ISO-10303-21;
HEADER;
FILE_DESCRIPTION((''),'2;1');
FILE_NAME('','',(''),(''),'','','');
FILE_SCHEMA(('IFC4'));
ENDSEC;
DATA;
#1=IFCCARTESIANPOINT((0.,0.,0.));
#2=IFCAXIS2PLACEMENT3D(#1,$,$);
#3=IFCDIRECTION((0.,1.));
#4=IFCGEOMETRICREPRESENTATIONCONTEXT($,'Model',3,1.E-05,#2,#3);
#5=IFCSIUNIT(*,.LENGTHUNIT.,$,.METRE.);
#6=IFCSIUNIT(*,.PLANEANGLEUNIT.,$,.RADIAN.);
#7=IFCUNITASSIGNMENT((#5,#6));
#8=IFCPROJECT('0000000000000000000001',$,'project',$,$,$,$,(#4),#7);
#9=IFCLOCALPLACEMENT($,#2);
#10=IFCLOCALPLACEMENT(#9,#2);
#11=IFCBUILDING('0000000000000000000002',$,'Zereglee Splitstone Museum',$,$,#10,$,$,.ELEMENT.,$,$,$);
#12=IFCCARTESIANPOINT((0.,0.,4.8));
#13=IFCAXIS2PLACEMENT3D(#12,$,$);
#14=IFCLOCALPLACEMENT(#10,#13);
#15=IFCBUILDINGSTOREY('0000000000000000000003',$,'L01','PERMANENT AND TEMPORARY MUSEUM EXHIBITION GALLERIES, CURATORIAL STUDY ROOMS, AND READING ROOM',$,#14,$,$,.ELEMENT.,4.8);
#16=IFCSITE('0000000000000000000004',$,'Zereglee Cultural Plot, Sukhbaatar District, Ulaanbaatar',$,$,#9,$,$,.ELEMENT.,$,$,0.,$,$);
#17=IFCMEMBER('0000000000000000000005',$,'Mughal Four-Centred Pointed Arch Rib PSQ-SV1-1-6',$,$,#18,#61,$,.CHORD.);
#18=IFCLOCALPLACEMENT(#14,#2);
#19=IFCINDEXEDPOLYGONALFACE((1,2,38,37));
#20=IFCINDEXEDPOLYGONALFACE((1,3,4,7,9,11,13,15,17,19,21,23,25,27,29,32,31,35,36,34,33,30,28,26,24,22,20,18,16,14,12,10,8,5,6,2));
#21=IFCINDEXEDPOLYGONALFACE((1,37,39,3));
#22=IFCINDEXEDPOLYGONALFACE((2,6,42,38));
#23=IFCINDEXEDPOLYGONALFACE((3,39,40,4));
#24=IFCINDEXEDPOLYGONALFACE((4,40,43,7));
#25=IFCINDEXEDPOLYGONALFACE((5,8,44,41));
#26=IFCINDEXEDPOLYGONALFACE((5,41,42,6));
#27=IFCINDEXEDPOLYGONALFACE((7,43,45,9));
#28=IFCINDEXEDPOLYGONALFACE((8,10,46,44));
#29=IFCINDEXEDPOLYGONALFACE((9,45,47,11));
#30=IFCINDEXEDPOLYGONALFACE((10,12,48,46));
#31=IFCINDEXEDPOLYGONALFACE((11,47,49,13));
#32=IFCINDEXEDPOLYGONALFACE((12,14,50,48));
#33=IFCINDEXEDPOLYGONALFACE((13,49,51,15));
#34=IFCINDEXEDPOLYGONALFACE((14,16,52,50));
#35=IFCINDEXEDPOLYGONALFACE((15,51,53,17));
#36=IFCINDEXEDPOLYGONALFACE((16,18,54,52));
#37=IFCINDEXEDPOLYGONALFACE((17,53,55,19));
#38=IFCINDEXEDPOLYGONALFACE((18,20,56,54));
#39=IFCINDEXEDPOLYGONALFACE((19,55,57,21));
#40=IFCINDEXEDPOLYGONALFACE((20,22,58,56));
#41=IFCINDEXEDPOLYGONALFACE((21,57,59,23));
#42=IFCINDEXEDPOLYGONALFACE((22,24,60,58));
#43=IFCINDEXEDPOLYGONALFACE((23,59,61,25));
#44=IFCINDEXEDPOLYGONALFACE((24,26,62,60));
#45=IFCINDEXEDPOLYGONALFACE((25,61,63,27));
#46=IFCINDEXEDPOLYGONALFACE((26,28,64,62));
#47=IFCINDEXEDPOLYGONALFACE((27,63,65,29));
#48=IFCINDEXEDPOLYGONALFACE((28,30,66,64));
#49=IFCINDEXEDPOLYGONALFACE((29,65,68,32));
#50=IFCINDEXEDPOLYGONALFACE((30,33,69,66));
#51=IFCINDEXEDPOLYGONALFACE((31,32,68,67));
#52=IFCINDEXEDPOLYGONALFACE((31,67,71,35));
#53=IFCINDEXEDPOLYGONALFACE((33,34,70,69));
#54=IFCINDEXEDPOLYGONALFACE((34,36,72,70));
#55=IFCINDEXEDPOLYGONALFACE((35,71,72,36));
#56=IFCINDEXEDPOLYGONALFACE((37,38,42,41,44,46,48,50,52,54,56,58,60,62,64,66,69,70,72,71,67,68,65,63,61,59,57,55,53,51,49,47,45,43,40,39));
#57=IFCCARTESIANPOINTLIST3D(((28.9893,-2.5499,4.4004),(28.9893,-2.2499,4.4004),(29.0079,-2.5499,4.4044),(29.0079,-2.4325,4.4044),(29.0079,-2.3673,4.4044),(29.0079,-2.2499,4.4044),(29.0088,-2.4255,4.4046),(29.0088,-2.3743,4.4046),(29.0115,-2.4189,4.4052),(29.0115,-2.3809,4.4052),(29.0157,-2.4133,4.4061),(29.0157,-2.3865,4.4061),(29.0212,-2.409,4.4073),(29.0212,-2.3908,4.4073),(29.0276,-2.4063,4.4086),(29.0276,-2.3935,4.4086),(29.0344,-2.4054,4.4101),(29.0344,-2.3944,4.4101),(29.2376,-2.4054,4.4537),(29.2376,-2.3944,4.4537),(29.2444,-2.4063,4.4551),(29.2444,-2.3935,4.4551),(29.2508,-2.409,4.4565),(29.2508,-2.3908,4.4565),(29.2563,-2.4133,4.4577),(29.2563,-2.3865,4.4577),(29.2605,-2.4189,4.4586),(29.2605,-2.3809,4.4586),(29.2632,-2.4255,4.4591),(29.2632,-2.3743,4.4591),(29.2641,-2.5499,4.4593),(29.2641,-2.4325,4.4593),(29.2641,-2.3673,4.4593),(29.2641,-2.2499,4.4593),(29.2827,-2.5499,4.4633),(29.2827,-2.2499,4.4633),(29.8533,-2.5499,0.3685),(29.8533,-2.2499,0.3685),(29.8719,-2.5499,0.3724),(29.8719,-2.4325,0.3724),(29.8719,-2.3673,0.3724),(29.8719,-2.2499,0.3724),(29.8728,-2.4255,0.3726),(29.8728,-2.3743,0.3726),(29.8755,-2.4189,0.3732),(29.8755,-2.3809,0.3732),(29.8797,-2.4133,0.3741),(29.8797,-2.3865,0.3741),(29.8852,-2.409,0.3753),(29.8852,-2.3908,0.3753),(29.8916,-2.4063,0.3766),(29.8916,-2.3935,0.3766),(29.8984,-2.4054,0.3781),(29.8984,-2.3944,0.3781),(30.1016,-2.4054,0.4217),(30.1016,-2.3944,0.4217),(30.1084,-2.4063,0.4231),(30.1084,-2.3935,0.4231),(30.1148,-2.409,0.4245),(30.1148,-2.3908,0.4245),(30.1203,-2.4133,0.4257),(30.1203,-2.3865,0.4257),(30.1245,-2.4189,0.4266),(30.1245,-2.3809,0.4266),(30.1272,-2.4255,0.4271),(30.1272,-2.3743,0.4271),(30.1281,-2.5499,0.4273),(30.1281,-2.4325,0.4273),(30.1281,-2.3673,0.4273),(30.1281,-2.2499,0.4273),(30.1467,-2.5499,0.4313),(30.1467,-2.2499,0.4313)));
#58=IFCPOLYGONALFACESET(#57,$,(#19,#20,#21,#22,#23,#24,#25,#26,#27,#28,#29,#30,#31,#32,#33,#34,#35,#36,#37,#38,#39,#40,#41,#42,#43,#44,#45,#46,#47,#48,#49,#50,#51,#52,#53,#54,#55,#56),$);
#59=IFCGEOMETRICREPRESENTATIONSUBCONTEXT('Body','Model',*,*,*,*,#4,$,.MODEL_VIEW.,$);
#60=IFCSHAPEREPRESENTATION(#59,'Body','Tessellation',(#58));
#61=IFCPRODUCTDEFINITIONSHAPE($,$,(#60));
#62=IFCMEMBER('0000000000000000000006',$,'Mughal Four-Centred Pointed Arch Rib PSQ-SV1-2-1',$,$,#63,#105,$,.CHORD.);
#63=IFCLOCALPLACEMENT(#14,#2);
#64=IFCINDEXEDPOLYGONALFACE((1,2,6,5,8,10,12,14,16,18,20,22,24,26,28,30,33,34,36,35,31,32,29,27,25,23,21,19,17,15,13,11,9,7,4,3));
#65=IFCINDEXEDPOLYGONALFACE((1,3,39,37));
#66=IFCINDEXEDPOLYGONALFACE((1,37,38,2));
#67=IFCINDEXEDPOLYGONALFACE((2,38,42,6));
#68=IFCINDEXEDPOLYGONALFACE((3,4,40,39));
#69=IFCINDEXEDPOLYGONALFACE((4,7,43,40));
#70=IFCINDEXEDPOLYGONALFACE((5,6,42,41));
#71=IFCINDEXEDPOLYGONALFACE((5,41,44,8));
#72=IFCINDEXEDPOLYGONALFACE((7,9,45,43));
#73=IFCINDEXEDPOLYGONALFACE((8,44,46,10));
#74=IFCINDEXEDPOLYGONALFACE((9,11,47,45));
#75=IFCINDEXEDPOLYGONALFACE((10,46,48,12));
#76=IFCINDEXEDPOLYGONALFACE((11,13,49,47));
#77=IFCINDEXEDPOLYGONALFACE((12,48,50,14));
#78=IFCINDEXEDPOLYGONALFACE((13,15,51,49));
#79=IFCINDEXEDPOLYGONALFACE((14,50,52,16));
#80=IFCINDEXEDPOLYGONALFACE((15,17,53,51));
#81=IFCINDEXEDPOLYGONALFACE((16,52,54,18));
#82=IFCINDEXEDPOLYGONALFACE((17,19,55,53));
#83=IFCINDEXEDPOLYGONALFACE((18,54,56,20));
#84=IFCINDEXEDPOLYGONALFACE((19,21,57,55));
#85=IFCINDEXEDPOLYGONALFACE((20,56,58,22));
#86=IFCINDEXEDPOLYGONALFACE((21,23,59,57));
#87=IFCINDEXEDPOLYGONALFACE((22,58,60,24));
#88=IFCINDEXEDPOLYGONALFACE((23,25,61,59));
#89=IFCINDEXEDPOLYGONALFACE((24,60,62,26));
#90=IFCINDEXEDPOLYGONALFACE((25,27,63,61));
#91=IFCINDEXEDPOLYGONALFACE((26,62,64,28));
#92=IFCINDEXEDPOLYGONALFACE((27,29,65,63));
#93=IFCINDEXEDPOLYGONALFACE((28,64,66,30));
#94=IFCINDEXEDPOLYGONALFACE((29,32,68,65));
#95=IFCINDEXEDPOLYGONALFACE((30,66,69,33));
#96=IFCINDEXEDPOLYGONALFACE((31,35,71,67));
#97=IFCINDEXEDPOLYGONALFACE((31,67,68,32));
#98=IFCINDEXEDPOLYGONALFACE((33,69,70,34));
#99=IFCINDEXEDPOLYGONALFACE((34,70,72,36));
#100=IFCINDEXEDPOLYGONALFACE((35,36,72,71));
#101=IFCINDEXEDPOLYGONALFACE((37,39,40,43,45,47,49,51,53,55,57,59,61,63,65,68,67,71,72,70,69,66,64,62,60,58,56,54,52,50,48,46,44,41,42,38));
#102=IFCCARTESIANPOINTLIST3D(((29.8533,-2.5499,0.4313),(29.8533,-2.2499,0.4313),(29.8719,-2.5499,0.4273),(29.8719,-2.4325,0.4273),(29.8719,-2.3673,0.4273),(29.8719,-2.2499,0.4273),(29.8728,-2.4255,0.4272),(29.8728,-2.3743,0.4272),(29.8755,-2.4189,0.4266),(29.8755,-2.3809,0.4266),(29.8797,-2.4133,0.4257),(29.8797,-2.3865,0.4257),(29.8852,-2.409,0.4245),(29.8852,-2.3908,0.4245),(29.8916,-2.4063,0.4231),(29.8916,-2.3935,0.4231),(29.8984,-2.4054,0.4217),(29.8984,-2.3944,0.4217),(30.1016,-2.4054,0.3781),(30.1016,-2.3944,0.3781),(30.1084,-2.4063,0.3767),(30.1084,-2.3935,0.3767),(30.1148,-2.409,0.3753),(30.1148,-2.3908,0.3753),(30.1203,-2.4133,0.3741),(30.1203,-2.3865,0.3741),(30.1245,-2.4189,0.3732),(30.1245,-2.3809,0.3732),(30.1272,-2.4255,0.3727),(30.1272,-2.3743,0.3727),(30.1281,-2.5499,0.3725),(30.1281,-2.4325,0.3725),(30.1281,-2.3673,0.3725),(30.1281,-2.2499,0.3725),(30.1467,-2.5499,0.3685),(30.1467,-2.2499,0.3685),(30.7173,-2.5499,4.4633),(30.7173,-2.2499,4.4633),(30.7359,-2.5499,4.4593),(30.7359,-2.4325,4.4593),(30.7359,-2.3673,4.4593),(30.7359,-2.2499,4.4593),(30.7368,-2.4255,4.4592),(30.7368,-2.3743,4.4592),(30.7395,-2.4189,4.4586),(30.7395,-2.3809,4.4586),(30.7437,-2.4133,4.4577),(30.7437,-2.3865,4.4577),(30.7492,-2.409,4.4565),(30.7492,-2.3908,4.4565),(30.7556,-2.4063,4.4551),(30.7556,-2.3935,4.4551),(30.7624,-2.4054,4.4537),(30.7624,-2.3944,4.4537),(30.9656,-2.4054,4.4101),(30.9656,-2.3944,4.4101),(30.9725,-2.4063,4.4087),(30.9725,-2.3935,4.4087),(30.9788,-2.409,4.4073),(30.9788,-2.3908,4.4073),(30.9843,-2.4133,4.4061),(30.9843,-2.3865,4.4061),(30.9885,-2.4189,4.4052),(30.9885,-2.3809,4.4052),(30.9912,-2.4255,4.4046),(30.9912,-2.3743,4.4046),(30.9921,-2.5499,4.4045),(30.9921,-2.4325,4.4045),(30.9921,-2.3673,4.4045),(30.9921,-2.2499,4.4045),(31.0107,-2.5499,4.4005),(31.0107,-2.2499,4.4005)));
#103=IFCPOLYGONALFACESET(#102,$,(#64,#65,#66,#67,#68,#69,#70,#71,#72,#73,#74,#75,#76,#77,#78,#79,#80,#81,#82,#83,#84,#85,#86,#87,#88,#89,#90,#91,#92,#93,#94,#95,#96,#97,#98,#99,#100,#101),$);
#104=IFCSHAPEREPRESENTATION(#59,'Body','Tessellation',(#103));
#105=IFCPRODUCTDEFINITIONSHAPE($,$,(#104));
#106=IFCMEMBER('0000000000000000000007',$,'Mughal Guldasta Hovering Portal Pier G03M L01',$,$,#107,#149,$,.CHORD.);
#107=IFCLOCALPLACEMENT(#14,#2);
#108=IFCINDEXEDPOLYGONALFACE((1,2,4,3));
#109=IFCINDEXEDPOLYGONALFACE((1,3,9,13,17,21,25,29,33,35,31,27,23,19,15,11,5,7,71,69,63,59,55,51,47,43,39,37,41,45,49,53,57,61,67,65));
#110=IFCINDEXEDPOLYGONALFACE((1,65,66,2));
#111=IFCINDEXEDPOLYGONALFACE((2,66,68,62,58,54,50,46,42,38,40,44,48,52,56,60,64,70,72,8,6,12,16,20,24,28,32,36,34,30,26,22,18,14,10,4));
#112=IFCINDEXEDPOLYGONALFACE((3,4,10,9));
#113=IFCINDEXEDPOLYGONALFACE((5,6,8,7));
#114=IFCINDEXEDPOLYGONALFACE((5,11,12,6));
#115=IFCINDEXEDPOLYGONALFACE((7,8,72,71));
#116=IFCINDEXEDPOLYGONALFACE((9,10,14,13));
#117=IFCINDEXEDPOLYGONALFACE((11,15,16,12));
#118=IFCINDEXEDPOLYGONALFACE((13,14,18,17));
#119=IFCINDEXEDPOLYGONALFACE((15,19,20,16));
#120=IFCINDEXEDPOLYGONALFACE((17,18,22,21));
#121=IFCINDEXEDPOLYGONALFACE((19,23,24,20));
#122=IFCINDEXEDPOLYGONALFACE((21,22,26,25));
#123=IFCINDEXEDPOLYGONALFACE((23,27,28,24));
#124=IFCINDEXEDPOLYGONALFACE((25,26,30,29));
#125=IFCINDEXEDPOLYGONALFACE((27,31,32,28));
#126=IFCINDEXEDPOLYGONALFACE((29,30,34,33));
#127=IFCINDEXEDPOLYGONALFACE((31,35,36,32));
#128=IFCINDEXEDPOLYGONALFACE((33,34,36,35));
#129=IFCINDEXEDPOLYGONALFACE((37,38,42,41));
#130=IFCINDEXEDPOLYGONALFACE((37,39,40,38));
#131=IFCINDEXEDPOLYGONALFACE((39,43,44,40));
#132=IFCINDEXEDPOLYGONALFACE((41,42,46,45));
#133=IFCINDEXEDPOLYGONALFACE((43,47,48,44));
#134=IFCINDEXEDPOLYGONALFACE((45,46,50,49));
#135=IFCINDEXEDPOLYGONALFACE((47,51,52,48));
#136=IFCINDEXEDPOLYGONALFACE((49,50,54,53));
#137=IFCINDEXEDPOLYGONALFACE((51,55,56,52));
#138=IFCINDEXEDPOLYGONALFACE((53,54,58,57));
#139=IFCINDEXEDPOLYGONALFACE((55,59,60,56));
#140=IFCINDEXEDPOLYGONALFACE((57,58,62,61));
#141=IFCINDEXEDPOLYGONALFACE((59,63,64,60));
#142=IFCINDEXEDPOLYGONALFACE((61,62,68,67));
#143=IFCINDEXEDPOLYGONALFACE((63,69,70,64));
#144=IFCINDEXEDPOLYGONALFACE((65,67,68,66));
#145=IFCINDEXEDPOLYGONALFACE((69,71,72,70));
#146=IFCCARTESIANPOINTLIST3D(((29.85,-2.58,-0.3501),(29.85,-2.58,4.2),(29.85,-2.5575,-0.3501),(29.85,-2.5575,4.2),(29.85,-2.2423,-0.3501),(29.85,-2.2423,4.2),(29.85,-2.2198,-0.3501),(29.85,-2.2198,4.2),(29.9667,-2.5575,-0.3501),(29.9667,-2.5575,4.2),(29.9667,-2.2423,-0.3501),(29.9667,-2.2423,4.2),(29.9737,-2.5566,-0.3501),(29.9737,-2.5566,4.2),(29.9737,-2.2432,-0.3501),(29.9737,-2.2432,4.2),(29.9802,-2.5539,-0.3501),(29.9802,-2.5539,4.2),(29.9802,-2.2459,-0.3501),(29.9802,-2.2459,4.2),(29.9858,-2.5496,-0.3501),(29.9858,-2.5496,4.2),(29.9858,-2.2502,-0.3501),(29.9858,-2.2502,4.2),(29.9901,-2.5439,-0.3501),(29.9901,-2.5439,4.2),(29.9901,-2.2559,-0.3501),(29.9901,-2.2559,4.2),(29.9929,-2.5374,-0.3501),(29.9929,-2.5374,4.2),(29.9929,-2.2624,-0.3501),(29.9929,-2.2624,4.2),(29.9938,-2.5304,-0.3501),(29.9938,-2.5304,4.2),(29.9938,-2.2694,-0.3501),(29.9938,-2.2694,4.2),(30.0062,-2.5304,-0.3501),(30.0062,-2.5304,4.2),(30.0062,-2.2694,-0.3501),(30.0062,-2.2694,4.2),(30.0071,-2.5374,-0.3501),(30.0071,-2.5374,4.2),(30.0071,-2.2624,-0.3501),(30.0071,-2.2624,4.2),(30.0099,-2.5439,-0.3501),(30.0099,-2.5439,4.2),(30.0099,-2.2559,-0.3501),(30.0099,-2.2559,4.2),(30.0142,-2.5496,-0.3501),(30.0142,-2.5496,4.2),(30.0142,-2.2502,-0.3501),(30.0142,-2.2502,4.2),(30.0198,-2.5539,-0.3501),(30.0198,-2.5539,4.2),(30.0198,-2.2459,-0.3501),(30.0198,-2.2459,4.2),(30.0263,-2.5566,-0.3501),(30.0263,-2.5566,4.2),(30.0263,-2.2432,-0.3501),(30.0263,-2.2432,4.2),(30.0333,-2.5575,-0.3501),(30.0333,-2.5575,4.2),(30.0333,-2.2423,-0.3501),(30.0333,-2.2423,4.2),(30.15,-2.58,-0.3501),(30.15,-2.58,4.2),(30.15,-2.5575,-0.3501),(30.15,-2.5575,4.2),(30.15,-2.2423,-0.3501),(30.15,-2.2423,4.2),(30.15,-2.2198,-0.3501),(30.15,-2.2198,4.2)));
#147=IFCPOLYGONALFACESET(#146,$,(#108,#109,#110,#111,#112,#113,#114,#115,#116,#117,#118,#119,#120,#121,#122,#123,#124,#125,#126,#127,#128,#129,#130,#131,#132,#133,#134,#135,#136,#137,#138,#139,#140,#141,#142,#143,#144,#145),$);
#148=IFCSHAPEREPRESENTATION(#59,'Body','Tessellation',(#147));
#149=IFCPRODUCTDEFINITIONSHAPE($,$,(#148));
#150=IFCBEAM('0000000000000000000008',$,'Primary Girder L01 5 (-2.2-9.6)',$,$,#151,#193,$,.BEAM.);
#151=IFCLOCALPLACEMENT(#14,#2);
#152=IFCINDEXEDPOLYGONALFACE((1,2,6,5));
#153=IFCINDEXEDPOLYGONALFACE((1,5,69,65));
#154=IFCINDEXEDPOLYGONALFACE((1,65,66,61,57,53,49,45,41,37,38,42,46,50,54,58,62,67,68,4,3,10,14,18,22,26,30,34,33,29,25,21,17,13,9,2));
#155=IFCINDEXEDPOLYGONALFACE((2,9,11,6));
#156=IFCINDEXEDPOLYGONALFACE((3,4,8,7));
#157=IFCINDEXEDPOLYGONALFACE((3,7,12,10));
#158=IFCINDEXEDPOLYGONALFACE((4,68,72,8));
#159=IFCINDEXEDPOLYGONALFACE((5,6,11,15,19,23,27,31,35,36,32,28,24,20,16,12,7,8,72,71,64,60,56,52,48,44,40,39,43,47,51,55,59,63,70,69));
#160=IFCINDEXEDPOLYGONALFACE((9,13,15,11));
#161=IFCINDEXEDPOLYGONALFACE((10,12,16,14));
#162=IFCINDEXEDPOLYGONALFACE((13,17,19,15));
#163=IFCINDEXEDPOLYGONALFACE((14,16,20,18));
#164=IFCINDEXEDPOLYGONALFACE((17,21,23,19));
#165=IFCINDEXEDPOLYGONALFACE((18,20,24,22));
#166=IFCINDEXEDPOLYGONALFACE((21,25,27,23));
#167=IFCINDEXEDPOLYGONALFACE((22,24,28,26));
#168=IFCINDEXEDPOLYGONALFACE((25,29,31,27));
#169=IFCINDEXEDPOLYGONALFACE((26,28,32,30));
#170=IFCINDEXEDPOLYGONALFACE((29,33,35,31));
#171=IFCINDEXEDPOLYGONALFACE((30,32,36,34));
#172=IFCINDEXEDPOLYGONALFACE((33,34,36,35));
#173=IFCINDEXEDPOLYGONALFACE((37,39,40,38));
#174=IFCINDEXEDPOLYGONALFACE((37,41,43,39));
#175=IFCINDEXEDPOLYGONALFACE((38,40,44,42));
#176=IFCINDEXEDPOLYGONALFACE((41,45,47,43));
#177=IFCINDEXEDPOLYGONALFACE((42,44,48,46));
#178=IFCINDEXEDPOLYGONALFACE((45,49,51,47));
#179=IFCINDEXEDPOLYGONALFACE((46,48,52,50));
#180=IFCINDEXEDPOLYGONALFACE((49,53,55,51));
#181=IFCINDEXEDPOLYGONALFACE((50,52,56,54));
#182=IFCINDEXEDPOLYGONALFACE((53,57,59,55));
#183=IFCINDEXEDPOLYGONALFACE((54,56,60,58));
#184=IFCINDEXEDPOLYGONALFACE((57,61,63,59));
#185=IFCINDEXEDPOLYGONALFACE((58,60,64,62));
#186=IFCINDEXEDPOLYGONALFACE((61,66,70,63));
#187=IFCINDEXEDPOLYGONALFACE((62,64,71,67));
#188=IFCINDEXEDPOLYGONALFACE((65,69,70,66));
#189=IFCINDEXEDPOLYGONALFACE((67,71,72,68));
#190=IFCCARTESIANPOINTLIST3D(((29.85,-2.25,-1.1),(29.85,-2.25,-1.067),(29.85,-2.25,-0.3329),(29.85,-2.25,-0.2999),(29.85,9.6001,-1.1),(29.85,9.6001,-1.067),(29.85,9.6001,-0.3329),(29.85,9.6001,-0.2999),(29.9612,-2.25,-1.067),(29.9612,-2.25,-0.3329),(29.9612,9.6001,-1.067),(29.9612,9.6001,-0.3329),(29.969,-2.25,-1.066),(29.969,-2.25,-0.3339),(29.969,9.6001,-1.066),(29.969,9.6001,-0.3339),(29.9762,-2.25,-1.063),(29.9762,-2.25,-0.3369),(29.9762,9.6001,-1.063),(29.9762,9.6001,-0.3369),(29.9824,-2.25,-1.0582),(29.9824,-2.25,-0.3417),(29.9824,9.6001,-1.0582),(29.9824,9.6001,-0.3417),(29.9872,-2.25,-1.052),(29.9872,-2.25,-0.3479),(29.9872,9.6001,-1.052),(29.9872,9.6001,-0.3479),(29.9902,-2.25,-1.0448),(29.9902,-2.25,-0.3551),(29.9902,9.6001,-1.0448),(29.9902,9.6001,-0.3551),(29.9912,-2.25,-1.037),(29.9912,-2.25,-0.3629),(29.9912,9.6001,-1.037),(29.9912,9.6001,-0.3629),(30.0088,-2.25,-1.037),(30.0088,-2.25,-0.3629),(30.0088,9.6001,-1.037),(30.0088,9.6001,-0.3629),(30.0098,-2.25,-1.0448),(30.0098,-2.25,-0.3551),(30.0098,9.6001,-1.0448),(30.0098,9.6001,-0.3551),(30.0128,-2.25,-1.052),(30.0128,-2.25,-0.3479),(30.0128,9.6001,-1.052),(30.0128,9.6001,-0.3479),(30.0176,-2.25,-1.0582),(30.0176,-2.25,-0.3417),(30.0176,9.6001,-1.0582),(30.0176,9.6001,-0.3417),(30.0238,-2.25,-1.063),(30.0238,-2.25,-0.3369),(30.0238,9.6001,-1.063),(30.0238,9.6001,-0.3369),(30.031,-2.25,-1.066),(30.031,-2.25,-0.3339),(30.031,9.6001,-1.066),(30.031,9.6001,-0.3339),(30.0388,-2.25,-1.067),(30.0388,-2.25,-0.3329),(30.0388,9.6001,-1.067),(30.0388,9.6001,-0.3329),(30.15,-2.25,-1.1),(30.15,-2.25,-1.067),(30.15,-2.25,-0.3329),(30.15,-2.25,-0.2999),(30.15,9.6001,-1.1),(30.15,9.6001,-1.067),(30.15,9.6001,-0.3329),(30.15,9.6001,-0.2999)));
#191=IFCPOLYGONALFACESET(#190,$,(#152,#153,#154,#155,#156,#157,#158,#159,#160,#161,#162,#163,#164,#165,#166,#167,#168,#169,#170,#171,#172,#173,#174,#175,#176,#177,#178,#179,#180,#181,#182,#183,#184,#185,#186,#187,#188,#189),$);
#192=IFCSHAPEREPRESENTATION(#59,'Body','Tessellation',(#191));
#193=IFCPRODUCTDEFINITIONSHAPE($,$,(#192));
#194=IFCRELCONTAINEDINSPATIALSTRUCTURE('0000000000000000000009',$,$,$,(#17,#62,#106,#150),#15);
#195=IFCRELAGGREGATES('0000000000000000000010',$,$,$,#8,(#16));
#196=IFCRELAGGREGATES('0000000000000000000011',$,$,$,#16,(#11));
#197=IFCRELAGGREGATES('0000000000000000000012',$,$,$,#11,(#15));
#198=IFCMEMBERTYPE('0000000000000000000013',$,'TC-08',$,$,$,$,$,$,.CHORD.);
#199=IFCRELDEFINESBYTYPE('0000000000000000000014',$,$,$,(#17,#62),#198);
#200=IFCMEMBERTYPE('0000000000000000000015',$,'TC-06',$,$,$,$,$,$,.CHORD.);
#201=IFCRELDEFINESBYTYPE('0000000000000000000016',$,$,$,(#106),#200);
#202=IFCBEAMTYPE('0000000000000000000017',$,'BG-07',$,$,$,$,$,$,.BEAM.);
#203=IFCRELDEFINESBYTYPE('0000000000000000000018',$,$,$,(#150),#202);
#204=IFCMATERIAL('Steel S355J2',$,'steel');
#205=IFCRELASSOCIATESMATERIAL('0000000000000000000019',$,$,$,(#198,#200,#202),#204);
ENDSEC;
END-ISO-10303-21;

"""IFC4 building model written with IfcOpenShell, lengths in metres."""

from ifc_helpers import new_model, si_unit, direction, frame, origin, origin_2d, place, context, subcontext, project, spatial, i_section, extrude, material, material_profile, profile_set, type_object, element, save


model = new_model("IFC4")

# Units and contexts
model_context = context("Model", 3, precision=1e-05, world=origin(), true_north=direction((0.0, 1.0)))
body_context = subcontext(model_context, "Body", "Model", "MODEL_VIEW")
ifc_project = project(units=[si_unit("LENGTHUNIT", "METRE"), si_unit("PLANEANGLEUNIT", "RADIAN")], contexts=[model_context])

# Site, building, storey
site_placement = place(None, origin())
site = spatial("IfcSite", under=ifc_project, at=site_placement, Name="Zereglee Cultural Plot, Sukhbaatar District, Ulaanbaatar", CompositionType="ELEMENT", RefElevation=0.0)
building_placement = place(site_placement, origin())
building = spatial("IfcBuilding", under=site, at=building_placement, Name="Zereglee Splitstone Museum", CompositionType="ELEMENT")
storey_placement = place(building_placement, frame((0.0, 0.0, 4.8)))
storey = spatial("IfcBuildingStorey", under=building, at=storey_placement, Name="L01", Description="PERMANENT AND TEMPORARY MUSEUM EXHIBITION GALLERIES, CURATORIAL STUDY ROOMS, AND READING ROOM", CompositionType="ELEMENT", Elevation=4.8)

# Shared definitions
ifc_material_1 = material(Name="Steel S355J2", Category="steel")

# Members
ifc_material_profile_1 = material_profile(ifc_material_1, i_section(OverallWidth=0.3, OverallDepth=0.3, WebThickness=0.011, FlangeThickness=0.019, FilletRadius=0.0271, at=origin_2d()), Name="HE 300 B")
ifc_profile_set_1 = profile_set([ifc_material_profile_1], Name="Steel S355J2")
member_type_1 = type_object("IfcMemberType", Name="TC-08", PredefinedType="CHORD", material=ifc_profile_set_1)
for number, where, z_axis, x_axis, name in (
    (1, (29.136, -2.3999, 4.4319), (0.209533, 0.0, -0.977802), (0.0, 1.0, 0.0), "Mughal Four-Centred Pointed Arch Rib PSQ-SV1-1-6"),
    (2, (30.0, -2.3999, 0.3999), (0.209533, 0.0, 0.977802), (0.0, 1.0, 0.0), "Mughal Four-Centred Pointed Arch Rib PSQ-SV1-2-1"),
):
    element("IfcMember", number, at=place(storey_placement, frame(where, z_axis=z_axis, x_axis=x_axis)), inside=storey, type_object=member_type_1, Name=name, PredefinedType="CHORD", context=body_context, shape_type="SweptSolid", body=[
        extrude(i_section(OverallWidth=0.3, OverallDepth=0.3, WebThickness=0.011, FlangeThickness=0.019, FilletRadius=0.0271, at=origin_2d()), origin(), (0.0, 0.0, 1.0), 4.1235),
    ])
ifc_material_profile_2 = material_profile(ifc_material_1, i_section(OverallWidth=0.3, OverallDepth=0.3601, WebThickness=0.0125, FlangeThickness=0.0225, FilletRadius=0.0271, at=origin_2d()), Name="HE 360 B")
ifc_profile_set_2 = profile_set([ifc_material_profile_2], Name="Steel S355J2")
member_type_2 = type_object("IfcMemberType", Name="TC-06", PredefinedType="CHORD", material=ifc_profile_set_2)
member_1_placement = place(storey_placement, frame((30.0, -2.3999, -0.3501), z_axis=(0.0, 0.0, 1.0), x_axis=(1.0, 0.0, 0.0)))
element("IfcMember", 3, at=member_1_placement, inside=storey, type_object=member_type_2, Name="Mughal Guldasta Hovering Portal Pier G03M L01", PredefinedType="CHORD", context=body_context, shape_type="SweptSolid", body=[
    extrude(i_section(OverallWidth=0.3, OverallDepth=0.3601, WebThickness=0.0125, FlangeThickness=0.0225, FilletRadius=0.0271, at=origin_2d()), origin(), (0.0, 0.0, 1.0), 4.55),
])

# Beam
ifc_material_profile_3 = material_profile(ifc_material_1, i_section(OverallWidth=0.3, OverallDepth=0.8, WebThickness=0.0176, FlangeThickness=0.033, FilletRadius=0.03, at=origin_2d()), Name="HE 800 B")
ifc_profile_set_3 = profile_set([ifc_material_profile_3], Name="Steel S355J2")
beam_type_1 = type_object("IfcBeamType", Name="BG-07", PredefinedType="BEAM", material=ifc_profile_set_3)
beam_1_placement = place(storey_placement, frame((30.0, -2.25, -0.7), z_axis=(0.0, 1.0, 0.0), x_axis=(-1.0, 0.0, 0.0)))
element("IfcBeam", 4, at=beam_1_placement, inside=storey, type_object=beam_type_1, Name="Primary Girder L01 5 (-2.2-9.6)", PredefinedType="BEAM", context=body_context, shape_type="SweptSolid", body=[
    extrude(i_section(OverallWidth=0.3, OverallDepth=0.8, WebThickness=0.0176, FlangeThickness=0.033, FilletRadius=0.03, at=origin_2d()), origin(), (0.0, 0.0, 1.0), 11.8501),
])

save(model, "model.ifc")
